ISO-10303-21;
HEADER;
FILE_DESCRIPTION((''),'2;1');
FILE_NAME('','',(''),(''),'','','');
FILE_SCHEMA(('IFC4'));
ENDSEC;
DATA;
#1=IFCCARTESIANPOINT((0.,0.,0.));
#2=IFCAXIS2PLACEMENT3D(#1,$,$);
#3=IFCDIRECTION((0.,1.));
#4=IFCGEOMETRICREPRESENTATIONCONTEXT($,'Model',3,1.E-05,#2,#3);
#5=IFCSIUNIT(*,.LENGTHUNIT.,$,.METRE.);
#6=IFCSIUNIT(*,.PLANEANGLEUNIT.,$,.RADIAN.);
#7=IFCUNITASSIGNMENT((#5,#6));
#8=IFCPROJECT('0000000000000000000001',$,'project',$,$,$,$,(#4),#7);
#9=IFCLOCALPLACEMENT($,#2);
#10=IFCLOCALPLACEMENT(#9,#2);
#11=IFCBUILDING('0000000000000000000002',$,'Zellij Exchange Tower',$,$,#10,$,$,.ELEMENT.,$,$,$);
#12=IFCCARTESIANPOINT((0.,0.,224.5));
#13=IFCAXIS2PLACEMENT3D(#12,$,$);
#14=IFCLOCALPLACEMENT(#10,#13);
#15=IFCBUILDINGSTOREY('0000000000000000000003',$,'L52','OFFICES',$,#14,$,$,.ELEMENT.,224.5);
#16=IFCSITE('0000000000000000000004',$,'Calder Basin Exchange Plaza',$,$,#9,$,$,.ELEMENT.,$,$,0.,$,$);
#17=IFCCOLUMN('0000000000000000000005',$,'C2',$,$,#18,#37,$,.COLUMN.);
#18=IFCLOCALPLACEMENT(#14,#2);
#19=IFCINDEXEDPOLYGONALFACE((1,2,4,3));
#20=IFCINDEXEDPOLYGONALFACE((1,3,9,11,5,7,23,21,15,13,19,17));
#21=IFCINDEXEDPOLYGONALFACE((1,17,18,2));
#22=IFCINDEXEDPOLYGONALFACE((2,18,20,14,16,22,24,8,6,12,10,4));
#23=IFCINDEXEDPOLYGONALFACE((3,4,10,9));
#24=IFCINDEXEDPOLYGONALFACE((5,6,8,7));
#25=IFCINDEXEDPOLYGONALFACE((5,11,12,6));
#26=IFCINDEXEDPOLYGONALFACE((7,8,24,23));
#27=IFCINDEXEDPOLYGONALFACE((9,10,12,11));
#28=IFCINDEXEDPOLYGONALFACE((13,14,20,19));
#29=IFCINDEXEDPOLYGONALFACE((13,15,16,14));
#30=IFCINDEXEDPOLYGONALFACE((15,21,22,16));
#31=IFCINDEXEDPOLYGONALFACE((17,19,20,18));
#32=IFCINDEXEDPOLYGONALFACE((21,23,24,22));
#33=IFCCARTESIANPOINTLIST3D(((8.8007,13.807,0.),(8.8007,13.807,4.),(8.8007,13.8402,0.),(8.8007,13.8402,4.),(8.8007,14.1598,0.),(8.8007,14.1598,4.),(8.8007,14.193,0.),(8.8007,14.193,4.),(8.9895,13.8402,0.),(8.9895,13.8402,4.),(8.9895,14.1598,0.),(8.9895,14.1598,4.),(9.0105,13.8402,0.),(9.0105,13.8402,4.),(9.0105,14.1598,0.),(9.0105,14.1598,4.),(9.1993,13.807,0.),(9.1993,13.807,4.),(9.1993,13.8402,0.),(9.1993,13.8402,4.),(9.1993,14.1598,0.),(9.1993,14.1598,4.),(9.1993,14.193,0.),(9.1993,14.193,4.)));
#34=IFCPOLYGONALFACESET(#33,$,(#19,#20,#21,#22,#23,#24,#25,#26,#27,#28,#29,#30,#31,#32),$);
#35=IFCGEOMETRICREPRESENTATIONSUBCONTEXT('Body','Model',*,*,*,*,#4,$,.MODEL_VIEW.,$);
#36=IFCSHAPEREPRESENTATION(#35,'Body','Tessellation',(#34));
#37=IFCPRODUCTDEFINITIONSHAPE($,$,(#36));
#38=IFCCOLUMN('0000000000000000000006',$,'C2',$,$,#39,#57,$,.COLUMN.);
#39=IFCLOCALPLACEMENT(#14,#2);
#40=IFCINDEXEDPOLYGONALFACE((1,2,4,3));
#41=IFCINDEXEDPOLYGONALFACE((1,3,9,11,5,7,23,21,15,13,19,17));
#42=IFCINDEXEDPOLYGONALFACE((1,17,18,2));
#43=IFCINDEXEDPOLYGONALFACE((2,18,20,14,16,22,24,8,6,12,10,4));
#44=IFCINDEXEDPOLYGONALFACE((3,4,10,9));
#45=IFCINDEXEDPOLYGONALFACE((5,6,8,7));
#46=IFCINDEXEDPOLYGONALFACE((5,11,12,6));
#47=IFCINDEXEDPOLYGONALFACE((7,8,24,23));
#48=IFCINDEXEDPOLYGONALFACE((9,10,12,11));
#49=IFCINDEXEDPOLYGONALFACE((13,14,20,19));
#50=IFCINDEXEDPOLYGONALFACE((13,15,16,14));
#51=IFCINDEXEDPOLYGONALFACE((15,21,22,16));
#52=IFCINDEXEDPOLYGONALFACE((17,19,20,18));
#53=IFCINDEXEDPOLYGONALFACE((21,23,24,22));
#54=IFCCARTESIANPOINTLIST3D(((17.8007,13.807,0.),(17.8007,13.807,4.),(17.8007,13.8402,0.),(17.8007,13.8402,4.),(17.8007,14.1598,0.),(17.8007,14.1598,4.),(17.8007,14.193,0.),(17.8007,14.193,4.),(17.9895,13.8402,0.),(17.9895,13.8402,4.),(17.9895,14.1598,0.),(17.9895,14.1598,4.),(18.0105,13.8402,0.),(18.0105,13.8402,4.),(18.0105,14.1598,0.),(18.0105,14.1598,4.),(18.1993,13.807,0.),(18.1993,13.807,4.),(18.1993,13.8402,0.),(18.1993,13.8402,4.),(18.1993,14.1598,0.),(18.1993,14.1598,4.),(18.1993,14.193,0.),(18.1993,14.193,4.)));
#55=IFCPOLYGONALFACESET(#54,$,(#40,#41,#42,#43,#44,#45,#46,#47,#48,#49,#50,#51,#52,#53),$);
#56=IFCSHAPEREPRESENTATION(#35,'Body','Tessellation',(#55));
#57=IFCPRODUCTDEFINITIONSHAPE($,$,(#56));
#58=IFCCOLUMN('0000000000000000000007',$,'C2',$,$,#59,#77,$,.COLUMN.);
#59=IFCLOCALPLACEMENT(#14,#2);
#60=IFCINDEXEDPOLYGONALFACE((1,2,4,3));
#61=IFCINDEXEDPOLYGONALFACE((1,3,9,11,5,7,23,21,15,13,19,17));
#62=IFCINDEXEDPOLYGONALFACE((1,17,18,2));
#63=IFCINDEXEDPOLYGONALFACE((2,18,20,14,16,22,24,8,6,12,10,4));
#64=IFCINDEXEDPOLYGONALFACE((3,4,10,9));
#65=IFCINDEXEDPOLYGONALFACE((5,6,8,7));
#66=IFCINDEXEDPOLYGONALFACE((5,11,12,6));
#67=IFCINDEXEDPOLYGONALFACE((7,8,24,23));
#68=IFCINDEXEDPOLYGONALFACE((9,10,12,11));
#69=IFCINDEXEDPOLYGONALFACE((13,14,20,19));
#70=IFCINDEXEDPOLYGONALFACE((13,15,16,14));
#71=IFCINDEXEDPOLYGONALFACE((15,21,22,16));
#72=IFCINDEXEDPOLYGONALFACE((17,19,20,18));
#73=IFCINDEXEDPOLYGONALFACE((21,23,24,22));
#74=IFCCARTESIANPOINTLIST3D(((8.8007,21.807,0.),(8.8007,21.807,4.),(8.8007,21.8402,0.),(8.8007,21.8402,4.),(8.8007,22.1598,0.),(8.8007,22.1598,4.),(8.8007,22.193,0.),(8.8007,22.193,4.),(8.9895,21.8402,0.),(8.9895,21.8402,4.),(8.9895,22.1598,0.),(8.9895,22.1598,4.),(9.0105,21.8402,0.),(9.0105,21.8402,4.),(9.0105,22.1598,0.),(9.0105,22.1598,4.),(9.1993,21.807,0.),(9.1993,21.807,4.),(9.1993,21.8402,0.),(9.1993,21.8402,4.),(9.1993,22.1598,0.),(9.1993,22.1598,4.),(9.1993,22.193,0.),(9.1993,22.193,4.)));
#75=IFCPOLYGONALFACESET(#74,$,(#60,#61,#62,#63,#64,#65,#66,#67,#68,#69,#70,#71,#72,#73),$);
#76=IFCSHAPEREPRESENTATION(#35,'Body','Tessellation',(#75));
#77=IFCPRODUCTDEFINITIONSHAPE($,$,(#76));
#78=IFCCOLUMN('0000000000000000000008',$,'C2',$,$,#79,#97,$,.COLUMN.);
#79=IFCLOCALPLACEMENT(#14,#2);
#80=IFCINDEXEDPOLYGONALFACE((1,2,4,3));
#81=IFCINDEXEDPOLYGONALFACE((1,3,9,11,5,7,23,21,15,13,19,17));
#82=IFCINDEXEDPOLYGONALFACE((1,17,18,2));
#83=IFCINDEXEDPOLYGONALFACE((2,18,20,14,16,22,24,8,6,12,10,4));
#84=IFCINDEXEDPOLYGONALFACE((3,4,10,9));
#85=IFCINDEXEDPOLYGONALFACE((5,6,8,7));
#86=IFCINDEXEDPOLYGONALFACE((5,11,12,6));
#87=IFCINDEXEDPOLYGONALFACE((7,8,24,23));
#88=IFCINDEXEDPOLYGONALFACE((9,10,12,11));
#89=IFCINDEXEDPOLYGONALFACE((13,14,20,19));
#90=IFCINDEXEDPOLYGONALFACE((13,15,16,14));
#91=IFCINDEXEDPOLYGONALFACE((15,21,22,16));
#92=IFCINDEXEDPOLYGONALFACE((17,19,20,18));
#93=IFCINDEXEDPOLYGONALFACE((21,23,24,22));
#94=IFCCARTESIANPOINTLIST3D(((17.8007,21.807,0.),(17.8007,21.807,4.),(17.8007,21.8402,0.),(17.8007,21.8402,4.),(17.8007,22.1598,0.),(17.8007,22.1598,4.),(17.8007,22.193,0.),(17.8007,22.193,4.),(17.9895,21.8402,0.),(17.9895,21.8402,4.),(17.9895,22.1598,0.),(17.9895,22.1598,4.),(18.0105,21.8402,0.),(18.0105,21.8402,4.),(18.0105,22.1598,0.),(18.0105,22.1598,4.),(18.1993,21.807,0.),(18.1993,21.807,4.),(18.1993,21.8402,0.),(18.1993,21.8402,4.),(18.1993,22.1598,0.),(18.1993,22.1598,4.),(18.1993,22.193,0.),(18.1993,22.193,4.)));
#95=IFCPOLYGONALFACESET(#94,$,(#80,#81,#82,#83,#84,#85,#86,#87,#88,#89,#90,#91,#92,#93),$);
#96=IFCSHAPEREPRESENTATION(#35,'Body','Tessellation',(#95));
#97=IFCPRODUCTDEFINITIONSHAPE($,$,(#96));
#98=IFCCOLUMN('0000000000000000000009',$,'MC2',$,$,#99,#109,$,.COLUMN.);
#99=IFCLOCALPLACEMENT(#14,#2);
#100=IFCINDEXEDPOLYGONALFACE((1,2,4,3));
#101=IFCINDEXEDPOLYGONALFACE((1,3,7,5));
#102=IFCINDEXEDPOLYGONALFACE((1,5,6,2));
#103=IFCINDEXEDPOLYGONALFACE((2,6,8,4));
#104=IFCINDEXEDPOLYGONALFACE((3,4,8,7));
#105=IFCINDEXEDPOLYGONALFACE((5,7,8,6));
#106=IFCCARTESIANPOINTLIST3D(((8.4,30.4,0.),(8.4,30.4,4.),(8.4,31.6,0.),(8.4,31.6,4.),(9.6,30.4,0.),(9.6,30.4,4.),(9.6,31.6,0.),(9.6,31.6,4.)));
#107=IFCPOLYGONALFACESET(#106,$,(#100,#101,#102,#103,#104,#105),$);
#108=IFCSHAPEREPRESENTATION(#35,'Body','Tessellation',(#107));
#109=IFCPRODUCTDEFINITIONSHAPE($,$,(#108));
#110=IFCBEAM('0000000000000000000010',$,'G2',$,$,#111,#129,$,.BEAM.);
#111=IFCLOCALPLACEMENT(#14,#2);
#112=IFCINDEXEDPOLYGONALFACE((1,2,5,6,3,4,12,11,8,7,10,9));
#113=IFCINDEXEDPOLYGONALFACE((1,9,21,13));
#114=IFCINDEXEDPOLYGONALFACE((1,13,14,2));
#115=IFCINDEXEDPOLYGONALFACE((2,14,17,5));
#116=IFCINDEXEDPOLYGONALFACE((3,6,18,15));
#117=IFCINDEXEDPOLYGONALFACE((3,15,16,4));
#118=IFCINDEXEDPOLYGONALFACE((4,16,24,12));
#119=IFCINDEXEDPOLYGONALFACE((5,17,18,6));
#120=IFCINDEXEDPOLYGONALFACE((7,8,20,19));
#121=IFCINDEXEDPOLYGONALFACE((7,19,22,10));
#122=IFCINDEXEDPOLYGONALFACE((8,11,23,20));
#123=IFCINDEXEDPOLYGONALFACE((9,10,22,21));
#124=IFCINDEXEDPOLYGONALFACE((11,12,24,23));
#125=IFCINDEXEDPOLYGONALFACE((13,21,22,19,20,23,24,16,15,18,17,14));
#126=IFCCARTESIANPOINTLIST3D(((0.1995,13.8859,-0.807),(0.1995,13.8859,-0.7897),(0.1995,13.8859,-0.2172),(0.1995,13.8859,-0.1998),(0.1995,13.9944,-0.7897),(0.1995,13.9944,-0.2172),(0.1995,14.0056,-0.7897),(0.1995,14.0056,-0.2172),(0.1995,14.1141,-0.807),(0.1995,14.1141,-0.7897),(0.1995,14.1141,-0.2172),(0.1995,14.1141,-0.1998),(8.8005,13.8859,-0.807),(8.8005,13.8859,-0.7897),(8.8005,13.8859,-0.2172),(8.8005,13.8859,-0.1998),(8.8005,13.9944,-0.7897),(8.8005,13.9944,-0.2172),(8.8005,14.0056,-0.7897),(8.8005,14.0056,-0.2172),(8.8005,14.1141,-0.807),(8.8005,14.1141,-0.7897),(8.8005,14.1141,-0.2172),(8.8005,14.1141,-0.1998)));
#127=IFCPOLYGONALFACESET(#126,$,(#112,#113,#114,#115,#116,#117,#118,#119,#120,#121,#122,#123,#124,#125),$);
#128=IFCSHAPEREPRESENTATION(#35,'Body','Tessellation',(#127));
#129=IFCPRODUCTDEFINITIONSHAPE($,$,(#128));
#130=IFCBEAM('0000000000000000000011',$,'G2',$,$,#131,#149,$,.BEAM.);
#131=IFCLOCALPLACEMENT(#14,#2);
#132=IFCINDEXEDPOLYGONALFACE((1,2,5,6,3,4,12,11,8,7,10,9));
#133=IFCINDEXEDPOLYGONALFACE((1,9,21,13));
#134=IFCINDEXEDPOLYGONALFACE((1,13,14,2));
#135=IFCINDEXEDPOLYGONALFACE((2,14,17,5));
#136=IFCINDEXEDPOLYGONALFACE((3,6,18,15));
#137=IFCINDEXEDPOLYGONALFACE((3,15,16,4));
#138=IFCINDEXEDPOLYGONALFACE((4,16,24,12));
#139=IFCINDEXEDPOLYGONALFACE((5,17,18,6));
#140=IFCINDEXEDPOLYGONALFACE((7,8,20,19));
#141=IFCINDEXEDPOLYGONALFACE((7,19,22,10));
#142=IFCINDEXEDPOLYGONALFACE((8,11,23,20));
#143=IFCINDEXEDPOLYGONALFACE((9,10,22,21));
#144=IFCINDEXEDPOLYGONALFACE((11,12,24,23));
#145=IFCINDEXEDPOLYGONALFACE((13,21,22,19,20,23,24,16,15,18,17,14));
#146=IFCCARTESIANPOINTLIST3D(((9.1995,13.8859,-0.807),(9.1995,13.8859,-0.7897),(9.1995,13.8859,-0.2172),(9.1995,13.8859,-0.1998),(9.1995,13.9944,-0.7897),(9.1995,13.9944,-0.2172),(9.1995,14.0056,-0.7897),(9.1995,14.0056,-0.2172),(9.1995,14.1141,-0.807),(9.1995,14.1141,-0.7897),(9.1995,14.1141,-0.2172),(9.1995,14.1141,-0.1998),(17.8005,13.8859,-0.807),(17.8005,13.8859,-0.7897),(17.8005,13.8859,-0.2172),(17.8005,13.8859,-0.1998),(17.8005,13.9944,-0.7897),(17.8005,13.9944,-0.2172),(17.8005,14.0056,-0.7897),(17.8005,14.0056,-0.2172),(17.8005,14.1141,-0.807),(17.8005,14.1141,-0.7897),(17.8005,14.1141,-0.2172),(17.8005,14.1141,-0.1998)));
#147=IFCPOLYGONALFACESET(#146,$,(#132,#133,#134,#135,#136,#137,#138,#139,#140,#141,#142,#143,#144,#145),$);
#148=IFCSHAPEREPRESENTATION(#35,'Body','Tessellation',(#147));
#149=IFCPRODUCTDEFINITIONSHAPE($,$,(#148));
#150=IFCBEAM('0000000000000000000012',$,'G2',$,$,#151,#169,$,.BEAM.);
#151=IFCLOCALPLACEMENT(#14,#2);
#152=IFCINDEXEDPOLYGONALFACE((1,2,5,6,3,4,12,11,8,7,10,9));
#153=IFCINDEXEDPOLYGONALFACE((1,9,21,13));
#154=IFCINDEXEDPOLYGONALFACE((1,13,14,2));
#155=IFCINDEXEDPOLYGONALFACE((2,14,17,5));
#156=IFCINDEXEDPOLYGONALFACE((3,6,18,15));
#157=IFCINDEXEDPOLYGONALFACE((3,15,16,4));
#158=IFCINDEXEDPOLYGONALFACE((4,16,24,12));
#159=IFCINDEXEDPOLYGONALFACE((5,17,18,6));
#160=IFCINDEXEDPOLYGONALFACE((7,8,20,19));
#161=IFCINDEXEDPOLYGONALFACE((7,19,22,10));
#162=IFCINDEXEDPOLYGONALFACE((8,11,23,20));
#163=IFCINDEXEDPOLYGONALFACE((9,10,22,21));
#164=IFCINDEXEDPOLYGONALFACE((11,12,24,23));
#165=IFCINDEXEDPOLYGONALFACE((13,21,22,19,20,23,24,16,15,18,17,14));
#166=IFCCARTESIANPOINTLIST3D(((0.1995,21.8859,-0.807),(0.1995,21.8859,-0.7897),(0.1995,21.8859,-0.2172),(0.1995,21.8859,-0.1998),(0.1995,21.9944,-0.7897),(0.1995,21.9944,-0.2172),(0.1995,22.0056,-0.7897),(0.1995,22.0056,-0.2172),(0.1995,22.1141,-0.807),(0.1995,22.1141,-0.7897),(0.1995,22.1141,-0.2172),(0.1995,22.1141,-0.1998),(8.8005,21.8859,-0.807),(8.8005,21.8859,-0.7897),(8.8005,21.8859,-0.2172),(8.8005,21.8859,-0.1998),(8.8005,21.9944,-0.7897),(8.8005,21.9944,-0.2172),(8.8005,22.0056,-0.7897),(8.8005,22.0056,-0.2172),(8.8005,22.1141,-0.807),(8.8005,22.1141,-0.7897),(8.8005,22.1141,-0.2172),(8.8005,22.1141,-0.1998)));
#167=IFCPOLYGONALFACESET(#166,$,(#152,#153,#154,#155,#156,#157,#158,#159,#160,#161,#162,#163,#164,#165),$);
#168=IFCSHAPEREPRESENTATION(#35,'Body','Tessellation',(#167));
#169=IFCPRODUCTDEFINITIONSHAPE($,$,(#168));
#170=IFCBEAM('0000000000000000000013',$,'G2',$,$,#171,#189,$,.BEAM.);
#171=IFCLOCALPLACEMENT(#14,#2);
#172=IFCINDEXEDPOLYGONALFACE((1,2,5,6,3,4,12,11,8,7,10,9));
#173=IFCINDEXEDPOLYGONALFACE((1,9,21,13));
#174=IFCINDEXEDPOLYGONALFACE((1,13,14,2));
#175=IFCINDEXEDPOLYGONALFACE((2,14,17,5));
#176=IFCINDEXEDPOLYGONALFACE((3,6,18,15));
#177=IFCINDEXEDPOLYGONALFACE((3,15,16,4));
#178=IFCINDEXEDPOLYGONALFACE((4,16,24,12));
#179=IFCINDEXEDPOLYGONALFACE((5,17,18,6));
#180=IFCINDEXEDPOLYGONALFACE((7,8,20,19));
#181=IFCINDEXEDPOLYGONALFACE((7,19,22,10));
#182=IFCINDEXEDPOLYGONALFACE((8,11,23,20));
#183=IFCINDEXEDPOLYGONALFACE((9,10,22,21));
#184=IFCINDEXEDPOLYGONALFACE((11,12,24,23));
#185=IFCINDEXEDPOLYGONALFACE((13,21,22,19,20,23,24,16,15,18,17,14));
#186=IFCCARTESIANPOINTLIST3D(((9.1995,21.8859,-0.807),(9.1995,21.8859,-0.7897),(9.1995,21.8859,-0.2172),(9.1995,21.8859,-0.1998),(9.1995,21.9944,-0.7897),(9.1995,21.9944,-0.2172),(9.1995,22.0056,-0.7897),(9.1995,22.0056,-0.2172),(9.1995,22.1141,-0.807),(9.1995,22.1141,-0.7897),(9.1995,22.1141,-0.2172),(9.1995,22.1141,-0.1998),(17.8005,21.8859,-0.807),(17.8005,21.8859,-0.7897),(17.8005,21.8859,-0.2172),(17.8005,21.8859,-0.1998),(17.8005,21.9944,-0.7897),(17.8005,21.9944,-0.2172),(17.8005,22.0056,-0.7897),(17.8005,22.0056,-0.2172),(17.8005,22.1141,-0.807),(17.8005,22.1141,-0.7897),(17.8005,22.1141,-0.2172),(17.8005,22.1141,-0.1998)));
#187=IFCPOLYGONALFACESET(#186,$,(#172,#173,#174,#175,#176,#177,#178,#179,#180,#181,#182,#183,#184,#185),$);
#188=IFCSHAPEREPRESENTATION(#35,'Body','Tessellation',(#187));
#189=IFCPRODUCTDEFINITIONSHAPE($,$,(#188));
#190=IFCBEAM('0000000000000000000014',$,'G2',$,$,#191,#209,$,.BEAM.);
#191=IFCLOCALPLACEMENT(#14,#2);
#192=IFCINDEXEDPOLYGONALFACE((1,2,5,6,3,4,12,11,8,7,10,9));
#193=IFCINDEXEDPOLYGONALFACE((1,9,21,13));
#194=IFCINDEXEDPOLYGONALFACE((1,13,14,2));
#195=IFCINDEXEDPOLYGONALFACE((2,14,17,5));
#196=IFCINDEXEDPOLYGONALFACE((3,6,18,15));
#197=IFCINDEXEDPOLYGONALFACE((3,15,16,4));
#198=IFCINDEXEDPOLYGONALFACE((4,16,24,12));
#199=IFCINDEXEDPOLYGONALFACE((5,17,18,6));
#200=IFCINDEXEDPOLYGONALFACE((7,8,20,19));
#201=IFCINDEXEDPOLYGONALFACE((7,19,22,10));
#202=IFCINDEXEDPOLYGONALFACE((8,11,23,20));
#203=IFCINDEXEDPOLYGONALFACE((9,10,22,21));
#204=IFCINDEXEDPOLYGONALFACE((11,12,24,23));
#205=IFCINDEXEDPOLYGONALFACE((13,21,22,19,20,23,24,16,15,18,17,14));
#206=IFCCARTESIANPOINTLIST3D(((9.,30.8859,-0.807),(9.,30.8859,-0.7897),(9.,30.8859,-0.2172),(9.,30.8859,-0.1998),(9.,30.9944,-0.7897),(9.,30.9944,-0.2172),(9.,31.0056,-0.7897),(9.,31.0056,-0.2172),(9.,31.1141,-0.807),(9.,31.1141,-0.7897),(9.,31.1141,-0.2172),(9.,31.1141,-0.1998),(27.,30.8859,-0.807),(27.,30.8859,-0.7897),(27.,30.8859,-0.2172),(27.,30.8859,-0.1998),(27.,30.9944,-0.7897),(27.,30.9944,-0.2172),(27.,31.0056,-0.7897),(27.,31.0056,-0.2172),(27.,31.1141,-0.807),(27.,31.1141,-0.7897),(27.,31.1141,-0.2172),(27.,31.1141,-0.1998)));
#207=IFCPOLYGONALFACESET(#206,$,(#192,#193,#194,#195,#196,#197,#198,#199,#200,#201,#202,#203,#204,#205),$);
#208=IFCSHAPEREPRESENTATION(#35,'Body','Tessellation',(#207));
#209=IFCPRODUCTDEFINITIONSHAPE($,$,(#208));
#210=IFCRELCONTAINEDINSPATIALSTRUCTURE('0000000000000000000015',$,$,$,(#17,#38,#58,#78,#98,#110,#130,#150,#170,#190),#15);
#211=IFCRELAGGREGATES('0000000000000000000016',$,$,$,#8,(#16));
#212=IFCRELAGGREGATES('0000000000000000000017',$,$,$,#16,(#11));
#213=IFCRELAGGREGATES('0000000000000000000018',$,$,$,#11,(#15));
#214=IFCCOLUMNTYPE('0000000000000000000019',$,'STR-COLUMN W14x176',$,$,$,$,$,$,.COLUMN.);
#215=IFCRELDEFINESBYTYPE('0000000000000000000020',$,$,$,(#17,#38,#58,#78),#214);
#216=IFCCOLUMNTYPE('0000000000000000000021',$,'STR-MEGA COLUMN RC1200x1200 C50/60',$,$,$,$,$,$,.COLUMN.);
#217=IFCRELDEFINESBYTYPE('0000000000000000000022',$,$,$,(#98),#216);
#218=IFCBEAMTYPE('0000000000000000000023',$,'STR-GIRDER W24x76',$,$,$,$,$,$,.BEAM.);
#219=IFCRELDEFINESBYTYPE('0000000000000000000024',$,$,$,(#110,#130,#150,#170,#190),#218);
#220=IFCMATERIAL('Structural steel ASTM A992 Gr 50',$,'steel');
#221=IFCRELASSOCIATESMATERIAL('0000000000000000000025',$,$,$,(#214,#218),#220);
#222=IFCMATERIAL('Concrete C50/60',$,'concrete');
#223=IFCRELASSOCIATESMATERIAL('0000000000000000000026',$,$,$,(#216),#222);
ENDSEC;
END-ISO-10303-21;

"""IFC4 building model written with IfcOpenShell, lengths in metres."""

from ifc_helpers import new_model, si_unit, direction, frame, origin, origin_2d, place, context, subcontext, project, spatial, rectangle, i_section, extrude, material, material_profile, profile_set, type_object, element, save


model = new_model("IFC4")

# Units and contexts
model_context = context("Model", 3, precision=1e-05, world=origin(), true_north=direction((0.0, 1.0)))
body_context = subcontext(model_context, "Body", "Model", "MODEL_VIEW")
ifc_project = project(units=[si_unit("LENGTHUNIT", "METRE"), si_unit("PLANEANGLEUNIT", "RADIAN")], contexts=[model_context])

# Site, building, storey
site_placement = place(None, origin())
site = spatial("IfcSite", under=ifc_project, at=site_placement, Name="Calder Basin Exchange Plaza", CompositionType="ELEMENT", RefElevation=0.0)
building_placement = place(site_placement, origin())
building = spatial("IfcBuilding", under=site, at=building_placement, Name="Zellij Exchange Tower", CompositionType="ELEMENT")
storey_placement = place(building_placement, frame((0.0, 0.0, 224.5)))
storey = spatial("IfcBuildingStorey", under=building, at=storey_placement, Name="L52", Description="OFFICES", CompositionType="ELEMENT", Elevation=224.5)

# Columns
ifc_material_1 = material(Name="Structural steel ASTM A992 Gr 50", Category="steel")
ifc_material_profile_1 = material_profile(ifc_material_1, i_section(OverallWidth=0.3987, OverallDepth=0.386, WebThickness=0.021, FlangeThickness=0.0332, at=origin_2d()), Name="W14x176")
ifc_profile_set_1 = profile_set([ifc_material_profile_1], Name="Structural steel ASTM A992 Gr 50")
column_type_1 = type_object("IfcColumnType", Name="STR-COLUMN W14x176", PredefinedType="COLUMN", material=ifc_profile_set_1)
for number, where, z_axis, x_axis, name in (
    (1, (9.0, 14.0, 0.0), (0.0, 0.0, 1.0), (1.0, 0.0, 0.0), "C2"),
    (2, (18.0, 14.0, 0.0), (0.0, 0.0, 1.0), (1.0, 0.0, 0.0), "C2"),
    (3, (9.0, 22.0, 0.0), (0.0, 0.0, 1.0), (1.0, 0.0, 0.0), "C2"),
    (4, (18.0, 22.0, 0.0), (0.0, 0.0, 1.0), (1.0, 0.0, 0.0), "C2"),
):
    element("IfcColumn", number, at=place(storey_placement, frame(where, z_axis=z_axis, x_axis=x_axis)), inside=storey, type_object=column_type_1, Name=name, PredefinedType="COLUMN", context=body_context, shape_type="SweptSolid", body=[
        extrude(i_section(OverallWidth=0.3987, OverallDepth=0.386, WebThickness=0.021, FlangeThickness=0.0332, at=origin_2d()), origin(), (0.0, 0.0, 1.0), 4.0),
    ])
ifc_material_2 = material(Name="Concrete C50/60", Category="concrete")
ifc_material_profile_2 = material_profile(ifc_material_2, rectangle(XDim=1.2, YDim=1.2, at=origin_2d()), Name="STR-MEGA COLUMN RC1200x1200 C50/60")
ifc_profile_set_2 = profile_set([ifc_material_profile_2], Name="Concrete C50/60")
column_type_2 = type_object("IfcColumnType", Name="STR-MEGA COLUMN RC1200x1200 C50/60", PredefinedType="COLUMN", material=ifc_profile_set_2)
column_placement = place(storey_placement, frame((9.0, 31.0, 0.0), z_axis=(0.0, 0.0, 1.0), x_axis=(1.0, 0.0, 0.0)))
element("IfcColumn", 5, at=column_placement, inside=storey, type_object=column_type_2, Name="MC2", PredefinedType="COLUMN", context=body_context, shape_type="SweptSolid", body=[
    extrude(rectangle(XDim=1.2, YDim=1.2, at=origin_2d()), origin(), (0.0, 0.0, 1.0), 4.0),
])

# Beams
ifc_material_profile_3 = material_profile(ifc_material_1, i_section(OverallWidth=0.2283, OverallDepth=0.6072, WebThickness=0.0112, FlangeThickness=0.0173, at=origin_2d()), Name="W24x76")
ifc_profile_set_3 = profile_set([ifc_material_profile_3], Name="Structural steel ASTM A992 Gr 50")
beam_type = type_object("IfcBeamType", Name="STR-GIRDER W24x76", PredefinedType="BEAM", material=ifc_profile_set_3)
for number, where, z_axis, x_axis, name in (
    (6, (0.1995, 14.0, -0.5034), (1.0, 0.0, 0.0), (0.0, 1.0, 0.0), "G2"),
    (7, (9.1995, 14.0, -0.5034), (1.0, 0.0, 0.0), (0.0, 1.0, 0.0), "G2"),
    (8, (0.1995, 22.0, -0.5034), (1.0, 0.0, 0.0), (0.0, 1.0, 0.0), "G2"),
    (9, (9.1995, 22.0, -0.5034), (1.0, 0.0, 0.0), (0.0, 1.0, 0.0), "G2"),
):
    element("IfcBeam", number, at=place(storey_placement, frame(where, z_axis=z_axis, x_axis=x_axis)), inside=storey, type_object=beam_type, Name=name, PredefinedType="BEAM", context=body_context, shape_type="SweptSolid", body=[
        extrude(i_section(OverallWidth=0.2283, OverallDepth=0.6072, WebThickness=0.0112, FlangeThickness=0.0173, at=origin_2d()), origin(), (0.0, 0.0, 1.0), 8.6011),
    ])
beam_1_placement = place(storey_placement, frame((9.0, 31.0, -0.5034), z_axis=(1.0, 0.0, 0.0), x_axis=(0.0, 1.0, 0.0)))
element("IfcBeam", 10, at=beam_1_placement, inside=storey, type_object=beam_type, Name="G2", PredefinedType="BEAM", context=body_context, shape_type="SweptSolid", body=[
    extrude(i_section(OverallWidth=0.2283, OverallDepth=0.6072, WebThickness=0.0112, FlangeThickness=0.0173, at=origin_2d()), origin(), (0.0, 0.0, 1.0), 18.0),
])

save(model, "model.ifc")
